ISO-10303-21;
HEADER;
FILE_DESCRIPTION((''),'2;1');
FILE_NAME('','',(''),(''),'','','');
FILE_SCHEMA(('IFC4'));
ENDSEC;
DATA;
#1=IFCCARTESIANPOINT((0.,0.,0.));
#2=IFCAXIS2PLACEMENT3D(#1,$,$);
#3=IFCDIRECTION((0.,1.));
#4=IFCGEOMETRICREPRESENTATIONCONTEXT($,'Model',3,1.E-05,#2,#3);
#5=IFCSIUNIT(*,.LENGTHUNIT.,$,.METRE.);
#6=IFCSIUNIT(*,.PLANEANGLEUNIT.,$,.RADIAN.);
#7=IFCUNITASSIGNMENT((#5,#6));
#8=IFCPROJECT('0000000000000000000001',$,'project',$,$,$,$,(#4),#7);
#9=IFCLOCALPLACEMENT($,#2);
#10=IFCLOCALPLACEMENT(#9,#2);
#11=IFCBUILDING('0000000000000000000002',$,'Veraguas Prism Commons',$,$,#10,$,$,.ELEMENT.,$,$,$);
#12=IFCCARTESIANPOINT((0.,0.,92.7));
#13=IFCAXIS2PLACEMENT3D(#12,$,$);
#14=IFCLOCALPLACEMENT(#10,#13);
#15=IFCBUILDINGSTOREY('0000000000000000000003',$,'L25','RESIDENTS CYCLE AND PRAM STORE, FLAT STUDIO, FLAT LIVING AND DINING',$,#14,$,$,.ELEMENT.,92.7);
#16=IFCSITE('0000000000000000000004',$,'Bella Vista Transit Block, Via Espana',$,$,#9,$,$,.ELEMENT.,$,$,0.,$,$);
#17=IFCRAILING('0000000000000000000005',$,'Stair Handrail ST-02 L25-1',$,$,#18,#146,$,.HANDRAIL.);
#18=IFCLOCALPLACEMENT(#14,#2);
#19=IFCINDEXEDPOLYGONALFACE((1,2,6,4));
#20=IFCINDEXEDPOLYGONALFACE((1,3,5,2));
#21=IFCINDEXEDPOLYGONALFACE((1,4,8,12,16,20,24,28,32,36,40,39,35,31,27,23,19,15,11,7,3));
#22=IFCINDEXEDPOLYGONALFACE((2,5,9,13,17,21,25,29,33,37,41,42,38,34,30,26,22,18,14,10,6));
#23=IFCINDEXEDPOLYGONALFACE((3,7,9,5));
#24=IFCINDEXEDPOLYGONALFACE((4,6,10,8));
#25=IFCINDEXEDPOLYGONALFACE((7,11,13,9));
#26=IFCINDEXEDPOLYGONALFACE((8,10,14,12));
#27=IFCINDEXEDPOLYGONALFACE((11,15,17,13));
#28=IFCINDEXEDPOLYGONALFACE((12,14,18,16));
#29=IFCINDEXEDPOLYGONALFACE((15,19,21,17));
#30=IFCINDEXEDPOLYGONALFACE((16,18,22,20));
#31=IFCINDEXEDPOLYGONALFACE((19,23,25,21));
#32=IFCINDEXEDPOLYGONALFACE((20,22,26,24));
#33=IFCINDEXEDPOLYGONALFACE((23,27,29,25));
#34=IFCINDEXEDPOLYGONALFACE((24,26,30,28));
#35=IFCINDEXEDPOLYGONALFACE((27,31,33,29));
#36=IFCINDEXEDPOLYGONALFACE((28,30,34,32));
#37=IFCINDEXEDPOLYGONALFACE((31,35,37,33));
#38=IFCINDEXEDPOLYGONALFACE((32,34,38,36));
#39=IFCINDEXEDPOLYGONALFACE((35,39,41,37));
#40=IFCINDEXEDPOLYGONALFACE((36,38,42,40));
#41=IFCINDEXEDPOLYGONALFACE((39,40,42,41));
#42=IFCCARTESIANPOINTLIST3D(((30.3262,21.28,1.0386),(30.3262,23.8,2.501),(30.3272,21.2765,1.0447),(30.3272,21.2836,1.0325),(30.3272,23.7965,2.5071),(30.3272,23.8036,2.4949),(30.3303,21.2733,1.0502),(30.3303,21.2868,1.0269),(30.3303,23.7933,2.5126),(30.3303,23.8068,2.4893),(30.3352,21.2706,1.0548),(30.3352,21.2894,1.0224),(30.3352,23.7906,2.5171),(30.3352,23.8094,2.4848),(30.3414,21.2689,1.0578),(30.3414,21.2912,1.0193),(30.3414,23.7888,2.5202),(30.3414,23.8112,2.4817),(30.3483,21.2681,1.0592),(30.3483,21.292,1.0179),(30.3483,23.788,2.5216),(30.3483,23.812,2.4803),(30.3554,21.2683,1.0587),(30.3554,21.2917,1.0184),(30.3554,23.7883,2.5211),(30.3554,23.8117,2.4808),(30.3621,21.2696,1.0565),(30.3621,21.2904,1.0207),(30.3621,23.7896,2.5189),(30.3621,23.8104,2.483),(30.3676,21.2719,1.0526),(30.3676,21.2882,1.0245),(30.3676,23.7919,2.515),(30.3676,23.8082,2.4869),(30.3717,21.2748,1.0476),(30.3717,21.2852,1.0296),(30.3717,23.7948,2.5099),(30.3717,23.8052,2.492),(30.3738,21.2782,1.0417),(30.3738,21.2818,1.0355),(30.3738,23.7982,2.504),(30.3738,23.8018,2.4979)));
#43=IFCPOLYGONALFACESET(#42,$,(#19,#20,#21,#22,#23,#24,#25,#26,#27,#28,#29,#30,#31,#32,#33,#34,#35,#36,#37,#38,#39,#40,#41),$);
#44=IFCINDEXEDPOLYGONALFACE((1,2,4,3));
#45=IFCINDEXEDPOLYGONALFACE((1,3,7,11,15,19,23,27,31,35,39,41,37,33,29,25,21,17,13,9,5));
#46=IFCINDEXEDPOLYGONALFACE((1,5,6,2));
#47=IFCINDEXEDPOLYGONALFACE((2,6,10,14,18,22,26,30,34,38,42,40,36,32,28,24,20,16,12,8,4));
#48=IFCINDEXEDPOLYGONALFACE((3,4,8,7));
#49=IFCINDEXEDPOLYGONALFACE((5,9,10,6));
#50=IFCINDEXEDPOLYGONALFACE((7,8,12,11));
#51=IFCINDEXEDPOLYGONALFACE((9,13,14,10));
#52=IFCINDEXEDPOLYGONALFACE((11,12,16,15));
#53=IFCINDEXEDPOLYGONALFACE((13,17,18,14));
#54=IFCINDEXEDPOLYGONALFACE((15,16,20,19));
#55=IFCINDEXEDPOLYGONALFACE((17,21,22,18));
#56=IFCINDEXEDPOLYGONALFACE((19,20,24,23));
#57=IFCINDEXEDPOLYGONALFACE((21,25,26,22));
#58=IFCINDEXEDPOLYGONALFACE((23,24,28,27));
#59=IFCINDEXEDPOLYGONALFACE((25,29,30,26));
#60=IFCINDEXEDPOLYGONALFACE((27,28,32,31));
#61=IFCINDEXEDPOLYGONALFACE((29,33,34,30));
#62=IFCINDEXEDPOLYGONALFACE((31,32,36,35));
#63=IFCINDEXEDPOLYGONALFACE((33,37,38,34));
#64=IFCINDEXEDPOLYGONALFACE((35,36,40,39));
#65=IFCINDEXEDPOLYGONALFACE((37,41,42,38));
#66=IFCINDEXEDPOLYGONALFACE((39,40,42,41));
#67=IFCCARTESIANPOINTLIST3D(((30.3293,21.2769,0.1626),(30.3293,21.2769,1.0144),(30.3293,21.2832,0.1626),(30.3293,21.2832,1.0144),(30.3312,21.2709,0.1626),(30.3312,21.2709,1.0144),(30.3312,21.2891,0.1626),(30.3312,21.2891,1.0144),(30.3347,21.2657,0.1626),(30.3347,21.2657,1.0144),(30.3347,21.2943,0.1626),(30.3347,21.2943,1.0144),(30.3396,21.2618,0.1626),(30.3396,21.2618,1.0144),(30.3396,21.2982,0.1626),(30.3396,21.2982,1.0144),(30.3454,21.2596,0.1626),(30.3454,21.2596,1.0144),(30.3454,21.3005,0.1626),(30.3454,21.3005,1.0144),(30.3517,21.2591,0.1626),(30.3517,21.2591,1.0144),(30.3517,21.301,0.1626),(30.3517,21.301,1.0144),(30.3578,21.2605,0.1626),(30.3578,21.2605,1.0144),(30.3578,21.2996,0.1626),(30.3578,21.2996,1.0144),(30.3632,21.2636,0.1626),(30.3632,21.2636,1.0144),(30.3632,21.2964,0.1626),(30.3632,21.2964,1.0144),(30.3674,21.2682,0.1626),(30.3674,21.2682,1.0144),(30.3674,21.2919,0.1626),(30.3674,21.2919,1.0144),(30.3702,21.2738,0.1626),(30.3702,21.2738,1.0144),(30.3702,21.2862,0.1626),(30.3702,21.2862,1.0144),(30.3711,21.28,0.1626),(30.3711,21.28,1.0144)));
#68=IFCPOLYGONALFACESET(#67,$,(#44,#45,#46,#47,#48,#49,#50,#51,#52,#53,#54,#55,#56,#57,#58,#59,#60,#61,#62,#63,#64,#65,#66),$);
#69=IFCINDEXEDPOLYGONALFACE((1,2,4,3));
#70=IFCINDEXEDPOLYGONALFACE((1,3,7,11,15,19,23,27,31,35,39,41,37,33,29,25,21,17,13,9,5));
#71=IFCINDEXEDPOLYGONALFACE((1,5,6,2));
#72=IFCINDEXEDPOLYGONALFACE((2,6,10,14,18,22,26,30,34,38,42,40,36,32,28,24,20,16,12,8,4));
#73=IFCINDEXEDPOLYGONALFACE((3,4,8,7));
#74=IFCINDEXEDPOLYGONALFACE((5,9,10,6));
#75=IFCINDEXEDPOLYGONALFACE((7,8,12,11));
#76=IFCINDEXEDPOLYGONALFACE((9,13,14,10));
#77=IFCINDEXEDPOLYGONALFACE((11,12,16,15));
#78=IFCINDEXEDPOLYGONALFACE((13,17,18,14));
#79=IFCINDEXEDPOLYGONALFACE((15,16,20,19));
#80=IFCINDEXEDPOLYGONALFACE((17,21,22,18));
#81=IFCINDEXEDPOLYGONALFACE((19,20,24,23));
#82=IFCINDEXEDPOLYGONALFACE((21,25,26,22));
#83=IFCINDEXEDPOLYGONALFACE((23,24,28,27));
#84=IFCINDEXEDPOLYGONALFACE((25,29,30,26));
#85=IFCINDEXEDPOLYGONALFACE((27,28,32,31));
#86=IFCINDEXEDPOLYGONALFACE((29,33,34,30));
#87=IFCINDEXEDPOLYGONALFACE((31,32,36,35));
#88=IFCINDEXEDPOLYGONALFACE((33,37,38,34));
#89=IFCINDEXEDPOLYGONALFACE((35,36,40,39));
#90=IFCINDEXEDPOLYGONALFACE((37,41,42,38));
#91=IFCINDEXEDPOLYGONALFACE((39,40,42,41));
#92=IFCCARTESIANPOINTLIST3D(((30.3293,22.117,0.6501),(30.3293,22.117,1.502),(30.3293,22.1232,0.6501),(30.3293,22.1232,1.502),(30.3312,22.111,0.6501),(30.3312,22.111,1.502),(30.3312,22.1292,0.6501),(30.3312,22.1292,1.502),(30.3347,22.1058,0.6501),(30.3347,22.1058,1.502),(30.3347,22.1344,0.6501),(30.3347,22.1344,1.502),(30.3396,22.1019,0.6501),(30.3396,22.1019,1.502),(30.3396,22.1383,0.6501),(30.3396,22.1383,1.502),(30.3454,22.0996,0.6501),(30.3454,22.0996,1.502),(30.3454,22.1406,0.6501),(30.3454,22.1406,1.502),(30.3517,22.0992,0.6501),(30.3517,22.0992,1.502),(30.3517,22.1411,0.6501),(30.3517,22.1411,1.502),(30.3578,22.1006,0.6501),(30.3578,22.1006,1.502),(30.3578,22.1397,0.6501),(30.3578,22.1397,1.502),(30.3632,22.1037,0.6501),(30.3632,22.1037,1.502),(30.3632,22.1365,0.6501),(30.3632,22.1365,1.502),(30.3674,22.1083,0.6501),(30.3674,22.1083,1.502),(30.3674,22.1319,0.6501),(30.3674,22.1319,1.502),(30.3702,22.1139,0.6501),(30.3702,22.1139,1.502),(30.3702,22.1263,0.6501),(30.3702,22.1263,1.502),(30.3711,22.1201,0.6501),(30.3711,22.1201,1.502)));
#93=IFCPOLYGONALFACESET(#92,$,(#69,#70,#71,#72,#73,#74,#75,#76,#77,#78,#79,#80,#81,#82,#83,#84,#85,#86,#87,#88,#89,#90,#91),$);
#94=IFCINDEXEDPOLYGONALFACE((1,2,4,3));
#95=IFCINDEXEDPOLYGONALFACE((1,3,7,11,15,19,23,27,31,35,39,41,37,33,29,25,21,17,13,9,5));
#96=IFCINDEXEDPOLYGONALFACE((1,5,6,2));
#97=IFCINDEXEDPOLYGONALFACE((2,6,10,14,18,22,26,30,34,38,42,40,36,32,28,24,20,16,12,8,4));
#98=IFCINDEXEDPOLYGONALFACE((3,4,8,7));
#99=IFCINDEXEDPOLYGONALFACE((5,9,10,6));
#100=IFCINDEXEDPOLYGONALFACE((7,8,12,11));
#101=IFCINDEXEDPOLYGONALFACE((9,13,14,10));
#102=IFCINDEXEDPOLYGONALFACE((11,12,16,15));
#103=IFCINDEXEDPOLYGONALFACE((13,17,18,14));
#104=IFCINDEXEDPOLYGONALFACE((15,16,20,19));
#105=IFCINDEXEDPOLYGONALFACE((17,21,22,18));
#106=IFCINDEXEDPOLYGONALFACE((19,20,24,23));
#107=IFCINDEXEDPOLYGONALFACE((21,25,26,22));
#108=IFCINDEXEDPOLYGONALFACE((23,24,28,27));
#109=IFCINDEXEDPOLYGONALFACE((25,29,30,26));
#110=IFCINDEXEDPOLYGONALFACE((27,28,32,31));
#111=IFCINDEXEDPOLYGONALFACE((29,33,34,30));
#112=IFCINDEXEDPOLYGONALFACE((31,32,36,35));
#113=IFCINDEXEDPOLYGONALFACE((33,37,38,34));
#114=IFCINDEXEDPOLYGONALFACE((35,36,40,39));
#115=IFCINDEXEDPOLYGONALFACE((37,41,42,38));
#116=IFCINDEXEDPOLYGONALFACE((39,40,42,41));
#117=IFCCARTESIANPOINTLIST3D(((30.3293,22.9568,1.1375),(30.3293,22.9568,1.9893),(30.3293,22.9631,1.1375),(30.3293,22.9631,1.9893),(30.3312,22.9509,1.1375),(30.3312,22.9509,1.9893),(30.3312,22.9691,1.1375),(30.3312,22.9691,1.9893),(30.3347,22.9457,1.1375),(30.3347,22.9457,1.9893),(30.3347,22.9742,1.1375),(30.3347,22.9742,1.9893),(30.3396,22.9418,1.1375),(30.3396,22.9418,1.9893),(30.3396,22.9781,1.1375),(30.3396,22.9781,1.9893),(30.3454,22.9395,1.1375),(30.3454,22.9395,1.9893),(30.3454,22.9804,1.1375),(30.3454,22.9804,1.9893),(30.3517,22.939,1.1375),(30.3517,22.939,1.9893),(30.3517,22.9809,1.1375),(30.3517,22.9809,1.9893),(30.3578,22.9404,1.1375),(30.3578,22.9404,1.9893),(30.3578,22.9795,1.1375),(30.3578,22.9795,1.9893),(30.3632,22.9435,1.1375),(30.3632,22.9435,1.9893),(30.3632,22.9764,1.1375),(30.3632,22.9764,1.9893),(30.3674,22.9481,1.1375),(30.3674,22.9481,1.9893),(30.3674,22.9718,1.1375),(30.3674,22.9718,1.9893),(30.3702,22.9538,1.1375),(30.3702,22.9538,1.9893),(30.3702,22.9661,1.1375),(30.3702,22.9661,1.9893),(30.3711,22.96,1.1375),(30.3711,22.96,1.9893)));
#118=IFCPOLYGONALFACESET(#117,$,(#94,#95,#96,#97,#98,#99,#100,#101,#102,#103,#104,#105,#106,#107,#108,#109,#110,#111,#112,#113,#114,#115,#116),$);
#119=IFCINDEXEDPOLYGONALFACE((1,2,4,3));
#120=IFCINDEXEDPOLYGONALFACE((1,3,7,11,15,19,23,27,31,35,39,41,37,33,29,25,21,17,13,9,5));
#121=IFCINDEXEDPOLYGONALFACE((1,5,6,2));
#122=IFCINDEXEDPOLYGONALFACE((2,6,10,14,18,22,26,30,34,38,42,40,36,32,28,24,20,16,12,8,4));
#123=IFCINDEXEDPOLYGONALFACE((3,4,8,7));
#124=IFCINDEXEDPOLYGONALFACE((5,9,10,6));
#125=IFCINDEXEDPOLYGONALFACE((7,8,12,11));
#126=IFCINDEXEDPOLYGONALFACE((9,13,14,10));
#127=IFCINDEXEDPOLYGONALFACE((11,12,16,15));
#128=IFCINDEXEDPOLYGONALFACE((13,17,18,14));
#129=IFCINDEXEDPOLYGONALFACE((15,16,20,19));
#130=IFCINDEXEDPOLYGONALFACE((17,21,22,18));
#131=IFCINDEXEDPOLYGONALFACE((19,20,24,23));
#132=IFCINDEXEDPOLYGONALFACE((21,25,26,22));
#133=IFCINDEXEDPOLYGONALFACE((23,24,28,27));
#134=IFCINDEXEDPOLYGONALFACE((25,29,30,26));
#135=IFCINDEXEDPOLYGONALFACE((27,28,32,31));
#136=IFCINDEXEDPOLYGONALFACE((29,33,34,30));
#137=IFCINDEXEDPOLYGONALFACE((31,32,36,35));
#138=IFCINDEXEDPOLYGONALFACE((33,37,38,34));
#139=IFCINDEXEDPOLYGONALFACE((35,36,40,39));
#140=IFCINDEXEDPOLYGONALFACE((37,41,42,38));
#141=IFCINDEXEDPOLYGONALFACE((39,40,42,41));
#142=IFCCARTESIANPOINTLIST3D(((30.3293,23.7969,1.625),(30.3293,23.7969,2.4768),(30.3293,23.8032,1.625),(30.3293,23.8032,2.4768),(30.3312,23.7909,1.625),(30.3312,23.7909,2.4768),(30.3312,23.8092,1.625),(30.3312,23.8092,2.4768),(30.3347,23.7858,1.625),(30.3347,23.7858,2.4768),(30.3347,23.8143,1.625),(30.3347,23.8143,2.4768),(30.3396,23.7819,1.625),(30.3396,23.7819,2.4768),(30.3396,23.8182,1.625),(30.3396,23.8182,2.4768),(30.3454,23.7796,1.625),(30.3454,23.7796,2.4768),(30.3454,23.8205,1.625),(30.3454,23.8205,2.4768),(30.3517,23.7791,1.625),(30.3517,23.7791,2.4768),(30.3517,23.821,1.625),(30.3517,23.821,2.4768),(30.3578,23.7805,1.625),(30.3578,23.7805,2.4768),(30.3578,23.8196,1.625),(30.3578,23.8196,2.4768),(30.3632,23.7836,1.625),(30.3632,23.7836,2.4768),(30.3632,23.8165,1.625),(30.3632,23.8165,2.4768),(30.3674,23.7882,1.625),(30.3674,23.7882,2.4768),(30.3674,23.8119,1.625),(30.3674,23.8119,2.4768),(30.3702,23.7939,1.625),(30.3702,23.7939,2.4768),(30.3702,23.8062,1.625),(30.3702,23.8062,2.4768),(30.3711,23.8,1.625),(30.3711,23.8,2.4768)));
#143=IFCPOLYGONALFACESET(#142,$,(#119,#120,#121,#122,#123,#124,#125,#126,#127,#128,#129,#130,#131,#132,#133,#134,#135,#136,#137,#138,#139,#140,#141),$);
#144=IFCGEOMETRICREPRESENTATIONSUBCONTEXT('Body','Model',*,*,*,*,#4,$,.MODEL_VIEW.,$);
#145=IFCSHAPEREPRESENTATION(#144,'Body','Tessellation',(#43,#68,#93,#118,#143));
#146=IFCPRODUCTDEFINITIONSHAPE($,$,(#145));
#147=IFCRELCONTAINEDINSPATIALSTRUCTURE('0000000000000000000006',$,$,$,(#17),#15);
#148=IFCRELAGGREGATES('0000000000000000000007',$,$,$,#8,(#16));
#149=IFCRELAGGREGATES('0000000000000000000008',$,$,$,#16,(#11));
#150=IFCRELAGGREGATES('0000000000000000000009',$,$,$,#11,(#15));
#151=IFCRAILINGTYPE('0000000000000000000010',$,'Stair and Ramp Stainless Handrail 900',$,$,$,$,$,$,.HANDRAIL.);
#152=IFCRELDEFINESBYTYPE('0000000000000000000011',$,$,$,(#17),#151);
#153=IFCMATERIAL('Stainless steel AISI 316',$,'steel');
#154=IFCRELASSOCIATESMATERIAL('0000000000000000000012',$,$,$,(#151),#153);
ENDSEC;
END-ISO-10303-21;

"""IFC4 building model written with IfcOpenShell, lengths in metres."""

from ifc_helpers import new_model, si_unit, direction, frame, origin, origin_2d, place, context, subcontext, project, spatial, circle, extrude, material, type_object, element, save


model = new_model("IFC4")

# Units and contexts
model_context = context("Model", 3, precision=1e-05, world=origin(), true_north=direction((0.0, 1.0)))
body_context = subcontext(model_context, "Body", "Model", "MODEL_VIEW")
ifc_project = project(units=[si_unit("LENGTHUNIT", "METRE"), si_unit("PLANEANGLEUNIT", "RADIAN")], contexts=[model_context])

# Site, building, storey
site_placement = place(None, origin())
site = spatial("IfcSite", under=ifc_project, at=site_placement, Name="Bella Vista Transit Block, Via Espana", CompositionType="ELEMENT", RefElevation=0.0)
building_placement = place(site_placement, origin())
building = spatial("IfcBuilding", under=site, at=building_placement, Name="Veraguas Prism Commons", CompositionType="ELEMENT")
storey_placement = place(building_placement, frame((0.0, 0.0, 92.7)))
storey = spatial("IfcBuildingStorey", under=building, at=storey_placement, Name="L25", Description="RESIDENTS CYCLE AND PRAM STORE, FLAT STUDIO, FLAT LIVING AND DINING", CompositionType="ELEMENT", Elevation=92.7)

# Shared definitions
ifc_material_1 = material(Name="Stainless steel AISI 316", Category="steel")

# Railing
railing_type_1 = type_object("IfcRailingType", Name="Stair and Ramp Stainless Handrail 900", PredefinedType="HANDRAIL", material=ifc_material_1)
railing_1_placement = place(storey_placement, frame((30.3501, 21.28, 0.1626)))
element("IfcRailing", 1, at=railing_1_placement, inside=storey, type_object=railing_type_1, Name="Stair Handrail ST-02 L25-1", PredefinedType="HANDRAIL", context=body_context, shape_type="SweptSolid", body=[
    extrude(circle(Radius=0.0239, at=origin_2d()), frame((0.0, 0.0, 0.876), z_axis=(0.0, 0.864913, 0.501921), x_axis=(-1.0, 0.0, 0.0)), (0.0, 0.0, 1.0), 2.9136),
    extrude(circle(Radius=0.021, at=origin_2d()), origin(), (0.0, 0.0, 1.0), 0.8518),
    extrude(circle(Radius=0.021, at=origin_2d()), frame((0.0, 0.8401, 0.4875)), (0.0, 0.0, 1.0), 0.8518),
    extrude(circle(Radius=0.021, at=origin_2d()), frame((0.0, 1.6799, 0.9749)), (0.0, 0.0, 1.0), 0.8518),
    extrude(circle(Radius=0.021, at=origin_2d()), frame((0.0, 2.52, 1.4624)), (0.0, 0.0, 1.0), 0.8518),
])

save(model, "model.ifc")
